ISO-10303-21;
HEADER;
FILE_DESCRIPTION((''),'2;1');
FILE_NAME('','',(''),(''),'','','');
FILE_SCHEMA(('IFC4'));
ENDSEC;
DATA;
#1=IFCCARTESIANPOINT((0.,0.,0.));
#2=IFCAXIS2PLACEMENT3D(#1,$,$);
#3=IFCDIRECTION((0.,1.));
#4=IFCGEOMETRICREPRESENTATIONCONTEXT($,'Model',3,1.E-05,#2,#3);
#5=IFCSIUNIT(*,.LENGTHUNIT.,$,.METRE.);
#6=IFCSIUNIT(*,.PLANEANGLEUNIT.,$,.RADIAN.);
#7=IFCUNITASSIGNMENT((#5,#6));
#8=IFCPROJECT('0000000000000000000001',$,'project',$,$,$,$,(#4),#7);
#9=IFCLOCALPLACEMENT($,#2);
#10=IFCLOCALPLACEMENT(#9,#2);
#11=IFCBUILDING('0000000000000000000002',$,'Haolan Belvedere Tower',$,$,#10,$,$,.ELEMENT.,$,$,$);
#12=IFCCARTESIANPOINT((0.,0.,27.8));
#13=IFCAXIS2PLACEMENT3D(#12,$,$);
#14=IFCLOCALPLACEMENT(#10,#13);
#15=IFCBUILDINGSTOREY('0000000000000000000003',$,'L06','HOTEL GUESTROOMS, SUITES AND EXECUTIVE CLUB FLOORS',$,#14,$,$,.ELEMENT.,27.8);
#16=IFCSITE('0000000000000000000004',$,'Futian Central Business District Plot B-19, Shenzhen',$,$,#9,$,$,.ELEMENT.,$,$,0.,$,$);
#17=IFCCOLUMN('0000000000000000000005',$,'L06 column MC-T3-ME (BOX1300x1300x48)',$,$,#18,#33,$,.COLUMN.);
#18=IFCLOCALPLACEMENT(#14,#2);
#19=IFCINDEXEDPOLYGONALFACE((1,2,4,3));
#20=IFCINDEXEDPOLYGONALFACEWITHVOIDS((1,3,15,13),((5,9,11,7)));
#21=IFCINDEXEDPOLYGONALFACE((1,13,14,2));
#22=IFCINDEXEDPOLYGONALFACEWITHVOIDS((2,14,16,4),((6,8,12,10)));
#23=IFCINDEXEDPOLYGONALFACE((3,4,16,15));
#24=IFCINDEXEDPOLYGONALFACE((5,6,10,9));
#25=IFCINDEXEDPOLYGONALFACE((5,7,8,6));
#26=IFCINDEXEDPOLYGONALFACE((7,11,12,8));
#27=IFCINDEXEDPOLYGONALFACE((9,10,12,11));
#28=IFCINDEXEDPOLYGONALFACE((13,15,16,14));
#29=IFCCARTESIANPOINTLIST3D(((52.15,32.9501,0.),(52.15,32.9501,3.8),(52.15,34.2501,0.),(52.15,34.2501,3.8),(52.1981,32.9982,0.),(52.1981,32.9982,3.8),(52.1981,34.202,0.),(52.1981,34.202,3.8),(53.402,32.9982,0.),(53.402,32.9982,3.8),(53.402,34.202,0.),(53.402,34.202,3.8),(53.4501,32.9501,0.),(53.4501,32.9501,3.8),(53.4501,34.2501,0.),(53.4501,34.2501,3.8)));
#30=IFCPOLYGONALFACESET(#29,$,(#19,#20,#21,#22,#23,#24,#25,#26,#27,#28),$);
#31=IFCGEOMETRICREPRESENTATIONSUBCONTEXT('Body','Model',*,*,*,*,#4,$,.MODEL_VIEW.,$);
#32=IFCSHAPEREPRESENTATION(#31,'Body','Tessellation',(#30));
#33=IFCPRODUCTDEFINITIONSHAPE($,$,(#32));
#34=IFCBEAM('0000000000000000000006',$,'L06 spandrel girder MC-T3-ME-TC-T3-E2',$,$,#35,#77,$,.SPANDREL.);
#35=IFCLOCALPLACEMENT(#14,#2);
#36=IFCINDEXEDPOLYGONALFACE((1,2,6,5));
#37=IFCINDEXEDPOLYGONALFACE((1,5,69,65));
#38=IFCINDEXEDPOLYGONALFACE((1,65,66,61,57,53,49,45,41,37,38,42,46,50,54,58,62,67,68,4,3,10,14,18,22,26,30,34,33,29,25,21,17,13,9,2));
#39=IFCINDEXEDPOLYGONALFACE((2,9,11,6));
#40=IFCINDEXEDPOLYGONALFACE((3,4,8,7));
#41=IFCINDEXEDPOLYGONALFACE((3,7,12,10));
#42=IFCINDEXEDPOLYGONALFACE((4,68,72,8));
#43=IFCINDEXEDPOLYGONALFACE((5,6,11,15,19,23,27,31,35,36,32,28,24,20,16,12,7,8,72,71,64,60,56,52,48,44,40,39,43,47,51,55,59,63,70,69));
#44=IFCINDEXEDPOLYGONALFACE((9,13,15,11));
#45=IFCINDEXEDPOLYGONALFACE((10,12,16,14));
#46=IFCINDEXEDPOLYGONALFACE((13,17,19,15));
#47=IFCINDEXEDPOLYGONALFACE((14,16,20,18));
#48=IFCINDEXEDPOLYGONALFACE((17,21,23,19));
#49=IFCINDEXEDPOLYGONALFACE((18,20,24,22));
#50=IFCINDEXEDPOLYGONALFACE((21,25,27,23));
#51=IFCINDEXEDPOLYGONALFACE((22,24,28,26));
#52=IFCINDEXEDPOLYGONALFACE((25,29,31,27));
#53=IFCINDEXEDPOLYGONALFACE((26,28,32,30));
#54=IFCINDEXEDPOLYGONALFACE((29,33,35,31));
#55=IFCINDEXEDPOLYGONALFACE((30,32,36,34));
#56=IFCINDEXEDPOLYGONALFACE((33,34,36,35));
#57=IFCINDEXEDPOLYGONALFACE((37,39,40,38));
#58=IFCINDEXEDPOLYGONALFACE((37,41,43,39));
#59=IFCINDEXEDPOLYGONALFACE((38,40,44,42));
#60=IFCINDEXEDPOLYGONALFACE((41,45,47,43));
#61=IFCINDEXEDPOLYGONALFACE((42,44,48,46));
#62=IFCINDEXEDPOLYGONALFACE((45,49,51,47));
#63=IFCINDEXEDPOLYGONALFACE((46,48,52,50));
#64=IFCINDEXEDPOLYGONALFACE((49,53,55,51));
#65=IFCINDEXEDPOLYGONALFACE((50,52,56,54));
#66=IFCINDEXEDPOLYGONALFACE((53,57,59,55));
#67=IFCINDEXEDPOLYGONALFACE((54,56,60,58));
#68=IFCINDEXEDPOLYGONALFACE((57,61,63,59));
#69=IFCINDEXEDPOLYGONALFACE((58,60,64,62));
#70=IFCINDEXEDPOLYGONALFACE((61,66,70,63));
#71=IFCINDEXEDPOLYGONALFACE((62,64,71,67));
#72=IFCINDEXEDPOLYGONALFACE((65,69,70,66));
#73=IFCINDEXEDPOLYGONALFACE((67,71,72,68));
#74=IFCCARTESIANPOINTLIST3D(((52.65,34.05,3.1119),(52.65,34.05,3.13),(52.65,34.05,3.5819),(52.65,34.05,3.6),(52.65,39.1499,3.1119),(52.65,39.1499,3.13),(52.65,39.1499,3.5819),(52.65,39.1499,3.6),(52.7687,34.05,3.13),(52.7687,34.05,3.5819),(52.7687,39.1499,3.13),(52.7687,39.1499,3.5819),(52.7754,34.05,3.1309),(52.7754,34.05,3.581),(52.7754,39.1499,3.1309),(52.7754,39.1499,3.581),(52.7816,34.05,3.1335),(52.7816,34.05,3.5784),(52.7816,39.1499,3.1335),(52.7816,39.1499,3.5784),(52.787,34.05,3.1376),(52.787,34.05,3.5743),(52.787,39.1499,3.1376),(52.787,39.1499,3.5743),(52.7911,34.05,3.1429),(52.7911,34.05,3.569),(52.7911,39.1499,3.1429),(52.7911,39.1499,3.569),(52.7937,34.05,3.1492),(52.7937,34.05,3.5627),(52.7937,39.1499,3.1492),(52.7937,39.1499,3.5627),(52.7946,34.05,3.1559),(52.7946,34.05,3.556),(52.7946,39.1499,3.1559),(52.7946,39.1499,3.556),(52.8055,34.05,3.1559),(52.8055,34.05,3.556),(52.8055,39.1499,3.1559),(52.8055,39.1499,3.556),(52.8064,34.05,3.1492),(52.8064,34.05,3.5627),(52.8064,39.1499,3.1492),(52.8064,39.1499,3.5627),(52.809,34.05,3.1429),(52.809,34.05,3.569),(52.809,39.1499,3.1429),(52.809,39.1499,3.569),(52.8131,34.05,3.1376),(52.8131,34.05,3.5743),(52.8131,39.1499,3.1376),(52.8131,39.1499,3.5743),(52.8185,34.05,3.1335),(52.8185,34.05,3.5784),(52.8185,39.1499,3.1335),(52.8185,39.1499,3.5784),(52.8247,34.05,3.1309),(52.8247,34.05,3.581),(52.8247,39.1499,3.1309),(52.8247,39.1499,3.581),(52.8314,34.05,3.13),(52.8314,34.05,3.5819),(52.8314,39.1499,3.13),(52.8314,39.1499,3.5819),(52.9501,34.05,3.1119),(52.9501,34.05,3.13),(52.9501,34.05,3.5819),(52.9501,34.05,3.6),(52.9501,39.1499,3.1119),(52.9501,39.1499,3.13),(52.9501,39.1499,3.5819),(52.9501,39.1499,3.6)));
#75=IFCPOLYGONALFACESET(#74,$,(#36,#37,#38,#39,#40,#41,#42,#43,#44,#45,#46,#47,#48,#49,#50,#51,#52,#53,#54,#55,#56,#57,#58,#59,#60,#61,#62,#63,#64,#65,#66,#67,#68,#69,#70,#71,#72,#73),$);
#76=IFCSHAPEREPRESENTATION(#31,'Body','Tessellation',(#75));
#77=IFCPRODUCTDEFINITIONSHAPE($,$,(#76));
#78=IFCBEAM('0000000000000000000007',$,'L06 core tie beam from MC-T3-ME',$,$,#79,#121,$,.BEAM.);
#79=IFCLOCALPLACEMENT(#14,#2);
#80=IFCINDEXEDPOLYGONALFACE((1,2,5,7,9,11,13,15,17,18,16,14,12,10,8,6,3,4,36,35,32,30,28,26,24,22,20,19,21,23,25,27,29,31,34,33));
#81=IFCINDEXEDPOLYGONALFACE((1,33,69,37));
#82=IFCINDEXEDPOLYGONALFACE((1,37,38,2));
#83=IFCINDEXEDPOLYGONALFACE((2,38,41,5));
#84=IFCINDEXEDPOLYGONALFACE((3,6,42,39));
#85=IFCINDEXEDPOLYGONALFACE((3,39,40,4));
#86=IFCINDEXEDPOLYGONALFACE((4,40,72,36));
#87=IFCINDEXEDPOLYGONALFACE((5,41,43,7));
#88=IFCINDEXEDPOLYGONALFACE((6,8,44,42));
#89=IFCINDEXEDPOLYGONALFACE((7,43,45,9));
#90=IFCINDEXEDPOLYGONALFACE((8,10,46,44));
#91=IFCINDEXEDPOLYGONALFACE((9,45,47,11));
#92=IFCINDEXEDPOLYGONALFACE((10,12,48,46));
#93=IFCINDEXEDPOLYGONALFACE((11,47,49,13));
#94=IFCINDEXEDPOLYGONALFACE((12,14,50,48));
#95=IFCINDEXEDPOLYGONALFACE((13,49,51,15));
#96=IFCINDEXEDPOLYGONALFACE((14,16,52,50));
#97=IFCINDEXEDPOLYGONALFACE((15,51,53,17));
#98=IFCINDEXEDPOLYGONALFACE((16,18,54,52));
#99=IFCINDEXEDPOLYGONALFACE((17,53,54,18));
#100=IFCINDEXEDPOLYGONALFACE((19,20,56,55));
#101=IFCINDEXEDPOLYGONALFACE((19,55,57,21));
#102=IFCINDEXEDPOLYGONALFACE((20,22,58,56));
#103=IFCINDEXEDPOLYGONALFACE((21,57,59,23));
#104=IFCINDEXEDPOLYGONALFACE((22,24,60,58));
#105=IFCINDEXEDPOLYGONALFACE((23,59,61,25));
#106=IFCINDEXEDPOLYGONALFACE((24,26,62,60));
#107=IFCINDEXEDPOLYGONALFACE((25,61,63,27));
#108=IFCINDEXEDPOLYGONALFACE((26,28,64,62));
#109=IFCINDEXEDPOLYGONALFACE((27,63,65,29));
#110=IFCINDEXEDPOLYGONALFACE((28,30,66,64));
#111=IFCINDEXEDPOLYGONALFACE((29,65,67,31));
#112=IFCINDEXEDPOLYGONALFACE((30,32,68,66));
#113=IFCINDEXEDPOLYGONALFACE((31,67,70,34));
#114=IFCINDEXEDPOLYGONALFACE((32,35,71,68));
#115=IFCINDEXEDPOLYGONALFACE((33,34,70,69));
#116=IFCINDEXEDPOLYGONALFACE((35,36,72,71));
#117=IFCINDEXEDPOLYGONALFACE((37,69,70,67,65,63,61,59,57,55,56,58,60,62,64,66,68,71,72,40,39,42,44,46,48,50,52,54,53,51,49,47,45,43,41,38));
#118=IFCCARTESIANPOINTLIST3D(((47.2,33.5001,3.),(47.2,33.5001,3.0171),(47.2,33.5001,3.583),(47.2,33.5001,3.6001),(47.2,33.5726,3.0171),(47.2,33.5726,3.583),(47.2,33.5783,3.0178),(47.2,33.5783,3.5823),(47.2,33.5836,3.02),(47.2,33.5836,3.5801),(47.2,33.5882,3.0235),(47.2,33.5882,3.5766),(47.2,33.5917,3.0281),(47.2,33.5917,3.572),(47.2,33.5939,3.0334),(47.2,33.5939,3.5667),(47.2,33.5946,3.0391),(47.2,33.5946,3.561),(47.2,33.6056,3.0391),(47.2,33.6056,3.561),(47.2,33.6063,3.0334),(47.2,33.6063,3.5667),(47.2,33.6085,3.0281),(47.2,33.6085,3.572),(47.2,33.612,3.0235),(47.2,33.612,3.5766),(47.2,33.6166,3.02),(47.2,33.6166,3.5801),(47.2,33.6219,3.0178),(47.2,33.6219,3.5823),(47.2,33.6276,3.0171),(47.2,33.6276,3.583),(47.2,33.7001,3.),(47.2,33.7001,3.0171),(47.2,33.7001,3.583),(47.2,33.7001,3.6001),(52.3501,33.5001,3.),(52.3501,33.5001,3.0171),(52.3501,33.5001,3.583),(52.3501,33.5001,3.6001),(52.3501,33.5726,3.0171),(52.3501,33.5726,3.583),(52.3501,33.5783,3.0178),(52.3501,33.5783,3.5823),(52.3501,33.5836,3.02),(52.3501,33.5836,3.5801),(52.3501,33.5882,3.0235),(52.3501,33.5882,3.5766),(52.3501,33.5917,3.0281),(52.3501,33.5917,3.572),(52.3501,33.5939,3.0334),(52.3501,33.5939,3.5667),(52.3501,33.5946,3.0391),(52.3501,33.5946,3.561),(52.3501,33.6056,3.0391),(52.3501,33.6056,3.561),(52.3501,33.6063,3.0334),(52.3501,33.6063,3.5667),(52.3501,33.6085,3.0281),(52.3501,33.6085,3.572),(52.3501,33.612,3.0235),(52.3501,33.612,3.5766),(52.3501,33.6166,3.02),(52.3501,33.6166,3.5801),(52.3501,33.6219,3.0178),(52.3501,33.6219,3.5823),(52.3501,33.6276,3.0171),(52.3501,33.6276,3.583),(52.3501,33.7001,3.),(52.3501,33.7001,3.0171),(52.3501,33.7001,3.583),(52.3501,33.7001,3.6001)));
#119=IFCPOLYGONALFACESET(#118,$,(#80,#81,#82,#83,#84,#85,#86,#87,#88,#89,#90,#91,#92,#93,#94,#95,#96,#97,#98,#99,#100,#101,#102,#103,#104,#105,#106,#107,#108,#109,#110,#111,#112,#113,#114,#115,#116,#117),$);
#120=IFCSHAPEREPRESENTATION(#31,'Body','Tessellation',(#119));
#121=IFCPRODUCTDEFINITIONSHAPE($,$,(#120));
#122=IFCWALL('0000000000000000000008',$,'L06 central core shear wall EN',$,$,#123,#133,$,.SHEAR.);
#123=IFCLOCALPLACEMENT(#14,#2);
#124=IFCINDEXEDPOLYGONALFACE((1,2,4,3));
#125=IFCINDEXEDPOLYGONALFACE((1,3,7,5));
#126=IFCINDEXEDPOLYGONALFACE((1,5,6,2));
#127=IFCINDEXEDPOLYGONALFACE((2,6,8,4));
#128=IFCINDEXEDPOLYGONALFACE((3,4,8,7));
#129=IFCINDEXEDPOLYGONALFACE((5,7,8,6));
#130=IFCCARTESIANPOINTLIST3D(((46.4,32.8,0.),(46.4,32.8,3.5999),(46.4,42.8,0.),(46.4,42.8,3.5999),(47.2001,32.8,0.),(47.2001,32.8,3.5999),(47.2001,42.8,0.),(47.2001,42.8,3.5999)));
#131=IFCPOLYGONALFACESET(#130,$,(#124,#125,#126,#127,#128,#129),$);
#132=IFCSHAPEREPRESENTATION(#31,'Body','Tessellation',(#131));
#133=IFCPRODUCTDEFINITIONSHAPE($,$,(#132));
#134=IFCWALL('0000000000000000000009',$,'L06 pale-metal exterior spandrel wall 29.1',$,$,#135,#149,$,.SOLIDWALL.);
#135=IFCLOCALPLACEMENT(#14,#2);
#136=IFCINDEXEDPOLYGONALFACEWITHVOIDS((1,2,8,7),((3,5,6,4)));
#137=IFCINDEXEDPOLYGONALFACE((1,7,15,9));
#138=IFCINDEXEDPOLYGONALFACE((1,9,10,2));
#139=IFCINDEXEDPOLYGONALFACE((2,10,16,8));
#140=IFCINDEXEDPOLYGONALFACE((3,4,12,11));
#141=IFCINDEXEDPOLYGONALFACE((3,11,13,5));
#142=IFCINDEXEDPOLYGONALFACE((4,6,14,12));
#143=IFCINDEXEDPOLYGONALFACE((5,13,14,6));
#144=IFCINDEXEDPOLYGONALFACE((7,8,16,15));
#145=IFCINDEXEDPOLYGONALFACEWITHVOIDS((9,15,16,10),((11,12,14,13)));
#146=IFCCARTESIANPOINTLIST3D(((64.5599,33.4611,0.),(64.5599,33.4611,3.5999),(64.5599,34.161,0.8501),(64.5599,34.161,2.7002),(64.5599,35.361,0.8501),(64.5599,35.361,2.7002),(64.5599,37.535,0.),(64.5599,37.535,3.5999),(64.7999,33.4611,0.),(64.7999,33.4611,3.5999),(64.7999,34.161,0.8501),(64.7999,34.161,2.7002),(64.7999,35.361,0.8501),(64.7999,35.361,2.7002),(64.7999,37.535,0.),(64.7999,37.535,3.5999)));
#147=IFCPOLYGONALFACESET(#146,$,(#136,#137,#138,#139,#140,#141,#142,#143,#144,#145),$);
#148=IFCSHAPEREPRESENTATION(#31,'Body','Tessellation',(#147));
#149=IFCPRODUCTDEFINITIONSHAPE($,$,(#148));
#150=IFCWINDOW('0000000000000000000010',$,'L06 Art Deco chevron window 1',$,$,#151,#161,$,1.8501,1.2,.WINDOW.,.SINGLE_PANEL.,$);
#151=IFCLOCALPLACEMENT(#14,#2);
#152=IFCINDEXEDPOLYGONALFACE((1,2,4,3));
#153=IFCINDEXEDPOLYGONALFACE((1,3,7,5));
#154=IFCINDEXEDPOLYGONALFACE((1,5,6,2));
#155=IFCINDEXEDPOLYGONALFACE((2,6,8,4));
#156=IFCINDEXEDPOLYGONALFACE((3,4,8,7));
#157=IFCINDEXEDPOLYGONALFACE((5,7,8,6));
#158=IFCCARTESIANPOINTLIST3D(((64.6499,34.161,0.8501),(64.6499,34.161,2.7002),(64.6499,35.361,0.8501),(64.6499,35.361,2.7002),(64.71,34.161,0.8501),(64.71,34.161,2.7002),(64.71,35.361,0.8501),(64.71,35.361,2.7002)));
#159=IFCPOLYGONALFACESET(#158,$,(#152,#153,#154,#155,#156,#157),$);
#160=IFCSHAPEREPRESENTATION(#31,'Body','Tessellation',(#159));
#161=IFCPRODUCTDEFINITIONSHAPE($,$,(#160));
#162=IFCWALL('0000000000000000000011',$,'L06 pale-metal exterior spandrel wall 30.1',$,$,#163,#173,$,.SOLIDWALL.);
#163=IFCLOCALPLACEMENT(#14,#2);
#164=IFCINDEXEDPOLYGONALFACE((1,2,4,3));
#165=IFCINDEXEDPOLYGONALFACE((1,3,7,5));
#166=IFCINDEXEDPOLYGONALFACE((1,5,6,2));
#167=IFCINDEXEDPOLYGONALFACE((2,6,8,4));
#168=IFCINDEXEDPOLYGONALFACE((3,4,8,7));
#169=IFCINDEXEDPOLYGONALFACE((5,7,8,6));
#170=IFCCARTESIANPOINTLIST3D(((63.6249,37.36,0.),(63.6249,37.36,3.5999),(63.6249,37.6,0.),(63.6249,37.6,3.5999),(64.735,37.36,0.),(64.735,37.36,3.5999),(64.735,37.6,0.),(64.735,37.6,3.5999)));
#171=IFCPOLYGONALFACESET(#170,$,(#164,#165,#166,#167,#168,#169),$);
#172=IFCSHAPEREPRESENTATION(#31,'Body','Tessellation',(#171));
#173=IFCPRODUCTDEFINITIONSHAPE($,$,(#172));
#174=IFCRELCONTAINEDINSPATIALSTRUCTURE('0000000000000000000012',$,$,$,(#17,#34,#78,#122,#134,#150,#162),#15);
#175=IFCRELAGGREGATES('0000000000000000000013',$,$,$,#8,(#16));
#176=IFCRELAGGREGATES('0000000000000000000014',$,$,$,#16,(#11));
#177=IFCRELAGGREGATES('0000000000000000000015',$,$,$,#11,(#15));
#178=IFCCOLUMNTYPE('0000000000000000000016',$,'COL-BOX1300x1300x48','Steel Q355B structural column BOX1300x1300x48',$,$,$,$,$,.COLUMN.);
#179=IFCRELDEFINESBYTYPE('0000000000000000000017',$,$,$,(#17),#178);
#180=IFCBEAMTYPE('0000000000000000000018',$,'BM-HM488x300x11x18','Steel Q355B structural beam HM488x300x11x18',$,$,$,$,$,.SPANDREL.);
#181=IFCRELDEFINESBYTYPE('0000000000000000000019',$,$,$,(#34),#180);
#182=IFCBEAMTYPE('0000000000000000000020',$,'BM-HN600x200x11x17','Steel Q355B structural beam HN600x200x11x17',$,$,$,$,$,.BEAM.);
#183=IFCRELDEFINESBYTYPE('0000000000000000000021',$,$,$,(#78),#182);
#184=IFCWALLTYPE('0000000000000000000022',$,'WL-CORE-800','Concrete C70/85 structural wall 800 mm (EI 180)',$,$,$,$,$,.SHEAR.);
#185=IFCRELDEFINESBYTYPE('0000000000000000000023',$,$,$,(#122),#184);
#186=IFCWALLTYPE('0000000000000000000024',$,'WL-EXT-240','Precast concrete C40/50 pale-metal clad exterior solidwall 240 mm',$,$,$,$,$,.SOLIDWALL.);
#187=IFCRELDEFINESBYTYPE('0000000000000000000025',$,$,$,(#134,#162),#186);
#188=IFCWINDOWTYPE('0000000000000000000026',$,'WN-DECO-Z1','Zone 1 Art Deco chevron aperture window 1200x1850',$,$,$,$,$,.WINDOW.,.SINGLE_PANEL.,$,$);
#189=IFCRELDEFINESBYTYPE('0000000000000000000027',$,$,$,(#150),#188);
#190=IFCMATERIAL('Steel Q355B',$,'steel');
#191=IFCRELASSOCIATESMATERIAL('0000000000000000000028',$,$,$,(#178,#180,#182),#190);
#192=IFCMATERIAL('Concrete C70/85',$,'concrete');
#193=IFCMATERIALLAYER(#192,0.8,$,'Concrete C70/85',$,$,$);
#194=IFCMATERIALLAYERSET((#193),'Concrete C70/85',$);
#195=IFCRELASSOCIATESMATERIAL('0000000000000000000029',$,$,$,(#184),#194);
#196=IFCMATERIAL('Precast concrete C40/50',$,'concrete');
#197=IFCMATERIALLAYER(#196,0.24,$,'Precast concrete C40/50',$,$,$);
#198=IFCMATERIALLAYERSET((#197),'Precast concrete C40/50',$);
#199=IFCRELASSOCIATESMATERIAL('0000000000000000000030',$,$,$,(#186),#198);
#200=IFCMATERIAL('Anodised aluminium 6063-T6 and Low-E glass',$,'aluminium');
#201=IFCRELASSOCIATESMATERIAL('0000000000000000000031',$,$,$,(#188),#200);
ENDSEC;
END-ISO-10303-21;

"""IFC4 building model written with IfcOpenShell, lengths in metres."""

from ifc_helpers import new_model, si_unit, direction, frame, frame_2d, origin, origin_2d, place, context, subcontext, project, spatial, rectangle, hollow_rectangle, i_section, extrude, material, layer, layer_set, material_profile, profile_set, type_object, element, fill, save


model = new_model("IFC4")

# Units and contexts
model_context = context("Model", 3, precision=1e-05, world=origin(), true_north=direction((0.0, 1.0)))
body_context = subcontext(model_context, "Body", "Model", "MODEL_VIEW")
ifc_project = project(units=[si_unit("LENGTHUNIT", "METRE"), si_unit("PLANEANGLEUNIT", "RADIAN")], contexts=[model_context])

# Site, building, storey
site_placement = place(None, origin())
site = spatial("IfcSite", under=ifc_project, at=site_placement, Name="Futian Central Business District Plot B-19, Shenzhen", CompositionType="ELEMENT", RefElevation=0.0)
building_placement = place(site_placement, origin())
building = spatial("IfcBuilding", under=site, at=building_placement, Name="Haolan Belvedere Tower", CompositionType="ELEMENT")
storey_placement = place(building_placement, frame((0.0, 0.0, 27.8)))
storey = spatial("IfcBuildingStorey", under=building, at=storey_placement, Name="L06", Description="HOTEL GUESTROOMS, SUITES AND EXECUTIVE CLUB FLOORS", CompositionType="ELEMENT", Elevation=27.8)

# Column
ifc_material_1 = material(Name="Steel Q355B", Category="steel")
ifc_material_profile_1 = material_profile(ifc_material_1, hollow_rectangle(XDim=1.3, YDim=1.3, WallThickness=0.0481, at=origin_2d()), Name="Steel Q355B")
ifc_profile_set_1 = profile_set([ifc_material_profile_1], Name="Steel Q355B")
column_type = type_object("IfcColumnType", Name="COL-BOX1300x1300x48", Description="Steel Q355B structural column BOX1300x1300x48", PredefinedType="COLUMN", material=ifc_profile_set_1)
column_placement = place(storey_placement, frame((52.8, 33.6001, 0.0), z_axis=(0.0, 0.0, 1.0), x_axis=(1.0, 0.0, 0.0)))
element("IfcColumn", 1, at=column_placement, inside=storey, type_object=column_type, Name="L06 column MC-T3-ME (BOX1300x1300x48)", PredefinedType="COLUMN", context=body_context, shape_type="SweptSolid", body=[
    extrude(hollow_rectangle(XDim=1.3, YDim=1.3, WallThickness=0.0481, at=origin_2d()), origin(), (0.0, 0.0, 1.0), 3.8),
])

# Beams
ifc_material_profile_2 = material_profile(ifc_material_1, i_section(OverallWidth=0.3, OverallDepth=0.488, WebThickness=0.011, FlangeThickness=0.0181, FilletRadius=0.0259, at=origin_2d()), Name="Steel Q355B")
ifc_profile_set_2 = profile_set([ifc_material_profile_2], Name="Steel Q355B")
beam_type_1 = type_object("IfcBeamType", Name="BM-HM488x300x11x18", Description="Steel Q355B structural beam HM488x300x11x18", PredefinedType="SPANDREL", material=ifc_profile_set_2)
beam_1_placement = place(storey_placement, frame((52.8, 34.05, 3.356), z_axis=(0.0, 1.0, 0.0), x_axis=(-1.0, 0.0, 0.0)))
element("IfcBeam", 2, at=beam_1_placement, inside=storey, type_object=beam_type_1, Name="L06 spandrel girder MC-T3-ME-TC-T3-E2", PredefinedType="SPANDREL", context=body_context, shape_type="SweptSolid", body=[
    extrude(i_section(OverallWidth=0.3, OverallDepth=0.488, WebThickness=0.011, FlangeThickness=0.0181, FilletRadius=0.0259, at=origin_2d()), origin(), (0.0, 0.0, 1.0), 5.0999),
])
ifc_material_profile_3 = material_profile(ifc_material_1, i_section(OverallWidth=0.2, OverallDepth=0.6001, WebThickness=0.011, FlangeThickness=0.0171, FilletRadius=0.022, at=origin_2d()), Name="Steel Q355B")
ifc_profile_set_3 = profile_set([ifc_material_profile_3], Name="Steel Q355B")
beam_type_2 = type_object("IfcBeamType", Name="BM-HN600x200x11x17", Description="Steel Q355B structural beam HN600x200x11x17", PredefinedType="BEAM", material=ifc_profile_set_3)
beam_2_placement = place(storey_placement, frame((52.3501, 33.6001, 3.3), z_axis=(-1.0, 0.0, 0.0), x_axis=(0.0, -1.0, 0.0)))
element("IfcBeam", 3, at=beam_2_placement, inside=storey, type_object=beam_type_2, Name="L06 core tie beam from MC-T3-ME", PredefinedType="BEAM", context=body_context, shape_type="SweptSolid", body=[
    extrude(i_section(OverallWidth=0.2, OverallDepth=0.6001, WebThickness=0.011, FlangeThickness=0.0171, FilletRadius=0.022, at=origin_2d()), origin(), (0.0, 0.0, 1.0), 5.1501),
])

# Wall
ifc_material_2 = material(Name="Concrete C70/85", Category="concrete")
ifc_layer_1 = layer(ifc_material_2, 0.8, Name="Concrete C70/85")
ifc_layer_set_1 = layer_set([ifc_layer_1], Name="Concrete C70/85")
wall_type_1 = type_object("IfcWallType", Name="WL-CORE-800", Description="Concrete C70/85 structural wall 800 mm (EI 180)", PredefinedType="SHEAR", material=ifc_layer_set_1)
wall_1_placement = place(storey_placement, frame((46.8, 32.8, 0.0), z_axis=(0.0, 0.0, 1.0), x_axis=(0.0, 1.0, 0.0)))
element("IfcWall", 4, at=wall_1_placement, inside=storey, type_object=wall_type_1, Name="L06 central core shear wall EN", PredefinedType="SHEAR", context=body_context, shape_type="SweptSolid", body=[
    extrude(rectangle(XDim=10.0, YDim=0.8, at=frame_2d((5.0, 0.0))), origin(), (0.0, 0.0, 1.0), 3.5999),
])

# Wall, opening, window
ifc_material_3 = material(Name="Precast concrete C40/50", Category="concrete")
ifc_layer_2 = layer(ifc_material_3, 0.24, Name="Precast concrete C40/50")
ifc_layer_set_2 = layer_set([ifc_layer_2], Name="Precast concrete C40/50")
wall_type_2 = type_object("IfcWallType", Name="WL-EXT-240", Description="Precast concrete C40/50 pale-metal clad exterior solidwall 240 mm", PredefinedType="SOLIDWALL", material=ifc_layer_set_2)
wall_2_placement = place(storey_placement, frame((64.6799, 33.4609, 0.0), z_axis=(0.0, 0.0, 1.0), x_axis=(0.0, 1.0, 0.0)))
wall_2 = element("IfcWall", 5, at=wall_2_placement, inside=storey, type_object=wall_type_2, Name="L06 pale-metal exterior spandrel wall 29.1", PredefinedType="SOLIDWALL", context=body_context, shape_type="SweptSolid", body=[
    extrude(rectangle(XDim=4.074, YDim=0.24, at=frame_2d((2.0371, 0.0))), origin(), (0.0, 0.0, 1.0), 3.5999),
])
opening_1_placement = place(wall_2_placement, frame((0.7, 0.0, 0.8501)))
opening_1 = element("IfcOpeningElement", 6, at=opening_1_placement, cuts=wall_2, PredefinedType="OPENING", context=body_context, shape_type="SweptSolid", body=[
    extrude(rectangle(XDim=1.2, YDim=1.8501, at=frame_2d((0.6001, 0.925))), frame((0.0, 0.1299, 0.0), z_axis=(0.0, -1.0, 0.0), x_axis=(1.0, 0.0, 0.0)), (0.0, 0.0, 1.0), 0.26),
])
ifc_material_4 = material(Name="Anodised aluminium 6063-T6 and Low-E glass", Category="aluminium")
window_type = type_object("IfcWindowType", Name="WN-DECO-Z1", Description="Zone 1 Art Deco chevron aperture window 1200x1850", PartitioningType="SINGLE_PANEL", PredefinedType="WINDOW", material=ifc_material_4)
window_placement = place(opening_1_placement, origin())
window = element("IfcWindow", 7, at=window_placement, inside=storey, type_object=window_type, Name="L06 Art Deco chevron window 1", OverallHeight=1.8501, OverallWidth=1.2, PartitioningType="SINGLE_PANEL", PredefinedType="WINDOW", context=body_context, shape_type="SweptSolid", body=[
    extrude(rectangle(XDim=1.2, YDim=1.8501, at=frame_2d((0.6001, 0.925))), frame((0.0, 0.03, 0.0), z_axis=(0.0, -1.0, 0.0), x_axis=(1.0, 0.0, 0.0)), (0.0, 0.0, 1.0), 0.0601),
])
fill(opening_1, window)

# Wall
wall_3_placement = place(storey_placement, frame((64.7351, 37.48, 0.0), z_axis=(0.0, 0.0, 1.0), x_axis=(-1.0, 0.0, 0.0)))
element("IfcWall", 8, at=wall_3_placement, inside=storey, type_object=wall_type_2, Name="L06 pale-metal exterior spandrel wall 30.1", PredefinedType="SOLIDWALL", context=body_context, shape_type="SweptSolid", body=[
    extrude(rectangle(XDim=1.1101, YDim=0.24, at=frame_2d((0.5552, 0.0))), origin(), (0.0, 0.0, 1.0), 3.5999),
])

save(model, "model.ifc")
